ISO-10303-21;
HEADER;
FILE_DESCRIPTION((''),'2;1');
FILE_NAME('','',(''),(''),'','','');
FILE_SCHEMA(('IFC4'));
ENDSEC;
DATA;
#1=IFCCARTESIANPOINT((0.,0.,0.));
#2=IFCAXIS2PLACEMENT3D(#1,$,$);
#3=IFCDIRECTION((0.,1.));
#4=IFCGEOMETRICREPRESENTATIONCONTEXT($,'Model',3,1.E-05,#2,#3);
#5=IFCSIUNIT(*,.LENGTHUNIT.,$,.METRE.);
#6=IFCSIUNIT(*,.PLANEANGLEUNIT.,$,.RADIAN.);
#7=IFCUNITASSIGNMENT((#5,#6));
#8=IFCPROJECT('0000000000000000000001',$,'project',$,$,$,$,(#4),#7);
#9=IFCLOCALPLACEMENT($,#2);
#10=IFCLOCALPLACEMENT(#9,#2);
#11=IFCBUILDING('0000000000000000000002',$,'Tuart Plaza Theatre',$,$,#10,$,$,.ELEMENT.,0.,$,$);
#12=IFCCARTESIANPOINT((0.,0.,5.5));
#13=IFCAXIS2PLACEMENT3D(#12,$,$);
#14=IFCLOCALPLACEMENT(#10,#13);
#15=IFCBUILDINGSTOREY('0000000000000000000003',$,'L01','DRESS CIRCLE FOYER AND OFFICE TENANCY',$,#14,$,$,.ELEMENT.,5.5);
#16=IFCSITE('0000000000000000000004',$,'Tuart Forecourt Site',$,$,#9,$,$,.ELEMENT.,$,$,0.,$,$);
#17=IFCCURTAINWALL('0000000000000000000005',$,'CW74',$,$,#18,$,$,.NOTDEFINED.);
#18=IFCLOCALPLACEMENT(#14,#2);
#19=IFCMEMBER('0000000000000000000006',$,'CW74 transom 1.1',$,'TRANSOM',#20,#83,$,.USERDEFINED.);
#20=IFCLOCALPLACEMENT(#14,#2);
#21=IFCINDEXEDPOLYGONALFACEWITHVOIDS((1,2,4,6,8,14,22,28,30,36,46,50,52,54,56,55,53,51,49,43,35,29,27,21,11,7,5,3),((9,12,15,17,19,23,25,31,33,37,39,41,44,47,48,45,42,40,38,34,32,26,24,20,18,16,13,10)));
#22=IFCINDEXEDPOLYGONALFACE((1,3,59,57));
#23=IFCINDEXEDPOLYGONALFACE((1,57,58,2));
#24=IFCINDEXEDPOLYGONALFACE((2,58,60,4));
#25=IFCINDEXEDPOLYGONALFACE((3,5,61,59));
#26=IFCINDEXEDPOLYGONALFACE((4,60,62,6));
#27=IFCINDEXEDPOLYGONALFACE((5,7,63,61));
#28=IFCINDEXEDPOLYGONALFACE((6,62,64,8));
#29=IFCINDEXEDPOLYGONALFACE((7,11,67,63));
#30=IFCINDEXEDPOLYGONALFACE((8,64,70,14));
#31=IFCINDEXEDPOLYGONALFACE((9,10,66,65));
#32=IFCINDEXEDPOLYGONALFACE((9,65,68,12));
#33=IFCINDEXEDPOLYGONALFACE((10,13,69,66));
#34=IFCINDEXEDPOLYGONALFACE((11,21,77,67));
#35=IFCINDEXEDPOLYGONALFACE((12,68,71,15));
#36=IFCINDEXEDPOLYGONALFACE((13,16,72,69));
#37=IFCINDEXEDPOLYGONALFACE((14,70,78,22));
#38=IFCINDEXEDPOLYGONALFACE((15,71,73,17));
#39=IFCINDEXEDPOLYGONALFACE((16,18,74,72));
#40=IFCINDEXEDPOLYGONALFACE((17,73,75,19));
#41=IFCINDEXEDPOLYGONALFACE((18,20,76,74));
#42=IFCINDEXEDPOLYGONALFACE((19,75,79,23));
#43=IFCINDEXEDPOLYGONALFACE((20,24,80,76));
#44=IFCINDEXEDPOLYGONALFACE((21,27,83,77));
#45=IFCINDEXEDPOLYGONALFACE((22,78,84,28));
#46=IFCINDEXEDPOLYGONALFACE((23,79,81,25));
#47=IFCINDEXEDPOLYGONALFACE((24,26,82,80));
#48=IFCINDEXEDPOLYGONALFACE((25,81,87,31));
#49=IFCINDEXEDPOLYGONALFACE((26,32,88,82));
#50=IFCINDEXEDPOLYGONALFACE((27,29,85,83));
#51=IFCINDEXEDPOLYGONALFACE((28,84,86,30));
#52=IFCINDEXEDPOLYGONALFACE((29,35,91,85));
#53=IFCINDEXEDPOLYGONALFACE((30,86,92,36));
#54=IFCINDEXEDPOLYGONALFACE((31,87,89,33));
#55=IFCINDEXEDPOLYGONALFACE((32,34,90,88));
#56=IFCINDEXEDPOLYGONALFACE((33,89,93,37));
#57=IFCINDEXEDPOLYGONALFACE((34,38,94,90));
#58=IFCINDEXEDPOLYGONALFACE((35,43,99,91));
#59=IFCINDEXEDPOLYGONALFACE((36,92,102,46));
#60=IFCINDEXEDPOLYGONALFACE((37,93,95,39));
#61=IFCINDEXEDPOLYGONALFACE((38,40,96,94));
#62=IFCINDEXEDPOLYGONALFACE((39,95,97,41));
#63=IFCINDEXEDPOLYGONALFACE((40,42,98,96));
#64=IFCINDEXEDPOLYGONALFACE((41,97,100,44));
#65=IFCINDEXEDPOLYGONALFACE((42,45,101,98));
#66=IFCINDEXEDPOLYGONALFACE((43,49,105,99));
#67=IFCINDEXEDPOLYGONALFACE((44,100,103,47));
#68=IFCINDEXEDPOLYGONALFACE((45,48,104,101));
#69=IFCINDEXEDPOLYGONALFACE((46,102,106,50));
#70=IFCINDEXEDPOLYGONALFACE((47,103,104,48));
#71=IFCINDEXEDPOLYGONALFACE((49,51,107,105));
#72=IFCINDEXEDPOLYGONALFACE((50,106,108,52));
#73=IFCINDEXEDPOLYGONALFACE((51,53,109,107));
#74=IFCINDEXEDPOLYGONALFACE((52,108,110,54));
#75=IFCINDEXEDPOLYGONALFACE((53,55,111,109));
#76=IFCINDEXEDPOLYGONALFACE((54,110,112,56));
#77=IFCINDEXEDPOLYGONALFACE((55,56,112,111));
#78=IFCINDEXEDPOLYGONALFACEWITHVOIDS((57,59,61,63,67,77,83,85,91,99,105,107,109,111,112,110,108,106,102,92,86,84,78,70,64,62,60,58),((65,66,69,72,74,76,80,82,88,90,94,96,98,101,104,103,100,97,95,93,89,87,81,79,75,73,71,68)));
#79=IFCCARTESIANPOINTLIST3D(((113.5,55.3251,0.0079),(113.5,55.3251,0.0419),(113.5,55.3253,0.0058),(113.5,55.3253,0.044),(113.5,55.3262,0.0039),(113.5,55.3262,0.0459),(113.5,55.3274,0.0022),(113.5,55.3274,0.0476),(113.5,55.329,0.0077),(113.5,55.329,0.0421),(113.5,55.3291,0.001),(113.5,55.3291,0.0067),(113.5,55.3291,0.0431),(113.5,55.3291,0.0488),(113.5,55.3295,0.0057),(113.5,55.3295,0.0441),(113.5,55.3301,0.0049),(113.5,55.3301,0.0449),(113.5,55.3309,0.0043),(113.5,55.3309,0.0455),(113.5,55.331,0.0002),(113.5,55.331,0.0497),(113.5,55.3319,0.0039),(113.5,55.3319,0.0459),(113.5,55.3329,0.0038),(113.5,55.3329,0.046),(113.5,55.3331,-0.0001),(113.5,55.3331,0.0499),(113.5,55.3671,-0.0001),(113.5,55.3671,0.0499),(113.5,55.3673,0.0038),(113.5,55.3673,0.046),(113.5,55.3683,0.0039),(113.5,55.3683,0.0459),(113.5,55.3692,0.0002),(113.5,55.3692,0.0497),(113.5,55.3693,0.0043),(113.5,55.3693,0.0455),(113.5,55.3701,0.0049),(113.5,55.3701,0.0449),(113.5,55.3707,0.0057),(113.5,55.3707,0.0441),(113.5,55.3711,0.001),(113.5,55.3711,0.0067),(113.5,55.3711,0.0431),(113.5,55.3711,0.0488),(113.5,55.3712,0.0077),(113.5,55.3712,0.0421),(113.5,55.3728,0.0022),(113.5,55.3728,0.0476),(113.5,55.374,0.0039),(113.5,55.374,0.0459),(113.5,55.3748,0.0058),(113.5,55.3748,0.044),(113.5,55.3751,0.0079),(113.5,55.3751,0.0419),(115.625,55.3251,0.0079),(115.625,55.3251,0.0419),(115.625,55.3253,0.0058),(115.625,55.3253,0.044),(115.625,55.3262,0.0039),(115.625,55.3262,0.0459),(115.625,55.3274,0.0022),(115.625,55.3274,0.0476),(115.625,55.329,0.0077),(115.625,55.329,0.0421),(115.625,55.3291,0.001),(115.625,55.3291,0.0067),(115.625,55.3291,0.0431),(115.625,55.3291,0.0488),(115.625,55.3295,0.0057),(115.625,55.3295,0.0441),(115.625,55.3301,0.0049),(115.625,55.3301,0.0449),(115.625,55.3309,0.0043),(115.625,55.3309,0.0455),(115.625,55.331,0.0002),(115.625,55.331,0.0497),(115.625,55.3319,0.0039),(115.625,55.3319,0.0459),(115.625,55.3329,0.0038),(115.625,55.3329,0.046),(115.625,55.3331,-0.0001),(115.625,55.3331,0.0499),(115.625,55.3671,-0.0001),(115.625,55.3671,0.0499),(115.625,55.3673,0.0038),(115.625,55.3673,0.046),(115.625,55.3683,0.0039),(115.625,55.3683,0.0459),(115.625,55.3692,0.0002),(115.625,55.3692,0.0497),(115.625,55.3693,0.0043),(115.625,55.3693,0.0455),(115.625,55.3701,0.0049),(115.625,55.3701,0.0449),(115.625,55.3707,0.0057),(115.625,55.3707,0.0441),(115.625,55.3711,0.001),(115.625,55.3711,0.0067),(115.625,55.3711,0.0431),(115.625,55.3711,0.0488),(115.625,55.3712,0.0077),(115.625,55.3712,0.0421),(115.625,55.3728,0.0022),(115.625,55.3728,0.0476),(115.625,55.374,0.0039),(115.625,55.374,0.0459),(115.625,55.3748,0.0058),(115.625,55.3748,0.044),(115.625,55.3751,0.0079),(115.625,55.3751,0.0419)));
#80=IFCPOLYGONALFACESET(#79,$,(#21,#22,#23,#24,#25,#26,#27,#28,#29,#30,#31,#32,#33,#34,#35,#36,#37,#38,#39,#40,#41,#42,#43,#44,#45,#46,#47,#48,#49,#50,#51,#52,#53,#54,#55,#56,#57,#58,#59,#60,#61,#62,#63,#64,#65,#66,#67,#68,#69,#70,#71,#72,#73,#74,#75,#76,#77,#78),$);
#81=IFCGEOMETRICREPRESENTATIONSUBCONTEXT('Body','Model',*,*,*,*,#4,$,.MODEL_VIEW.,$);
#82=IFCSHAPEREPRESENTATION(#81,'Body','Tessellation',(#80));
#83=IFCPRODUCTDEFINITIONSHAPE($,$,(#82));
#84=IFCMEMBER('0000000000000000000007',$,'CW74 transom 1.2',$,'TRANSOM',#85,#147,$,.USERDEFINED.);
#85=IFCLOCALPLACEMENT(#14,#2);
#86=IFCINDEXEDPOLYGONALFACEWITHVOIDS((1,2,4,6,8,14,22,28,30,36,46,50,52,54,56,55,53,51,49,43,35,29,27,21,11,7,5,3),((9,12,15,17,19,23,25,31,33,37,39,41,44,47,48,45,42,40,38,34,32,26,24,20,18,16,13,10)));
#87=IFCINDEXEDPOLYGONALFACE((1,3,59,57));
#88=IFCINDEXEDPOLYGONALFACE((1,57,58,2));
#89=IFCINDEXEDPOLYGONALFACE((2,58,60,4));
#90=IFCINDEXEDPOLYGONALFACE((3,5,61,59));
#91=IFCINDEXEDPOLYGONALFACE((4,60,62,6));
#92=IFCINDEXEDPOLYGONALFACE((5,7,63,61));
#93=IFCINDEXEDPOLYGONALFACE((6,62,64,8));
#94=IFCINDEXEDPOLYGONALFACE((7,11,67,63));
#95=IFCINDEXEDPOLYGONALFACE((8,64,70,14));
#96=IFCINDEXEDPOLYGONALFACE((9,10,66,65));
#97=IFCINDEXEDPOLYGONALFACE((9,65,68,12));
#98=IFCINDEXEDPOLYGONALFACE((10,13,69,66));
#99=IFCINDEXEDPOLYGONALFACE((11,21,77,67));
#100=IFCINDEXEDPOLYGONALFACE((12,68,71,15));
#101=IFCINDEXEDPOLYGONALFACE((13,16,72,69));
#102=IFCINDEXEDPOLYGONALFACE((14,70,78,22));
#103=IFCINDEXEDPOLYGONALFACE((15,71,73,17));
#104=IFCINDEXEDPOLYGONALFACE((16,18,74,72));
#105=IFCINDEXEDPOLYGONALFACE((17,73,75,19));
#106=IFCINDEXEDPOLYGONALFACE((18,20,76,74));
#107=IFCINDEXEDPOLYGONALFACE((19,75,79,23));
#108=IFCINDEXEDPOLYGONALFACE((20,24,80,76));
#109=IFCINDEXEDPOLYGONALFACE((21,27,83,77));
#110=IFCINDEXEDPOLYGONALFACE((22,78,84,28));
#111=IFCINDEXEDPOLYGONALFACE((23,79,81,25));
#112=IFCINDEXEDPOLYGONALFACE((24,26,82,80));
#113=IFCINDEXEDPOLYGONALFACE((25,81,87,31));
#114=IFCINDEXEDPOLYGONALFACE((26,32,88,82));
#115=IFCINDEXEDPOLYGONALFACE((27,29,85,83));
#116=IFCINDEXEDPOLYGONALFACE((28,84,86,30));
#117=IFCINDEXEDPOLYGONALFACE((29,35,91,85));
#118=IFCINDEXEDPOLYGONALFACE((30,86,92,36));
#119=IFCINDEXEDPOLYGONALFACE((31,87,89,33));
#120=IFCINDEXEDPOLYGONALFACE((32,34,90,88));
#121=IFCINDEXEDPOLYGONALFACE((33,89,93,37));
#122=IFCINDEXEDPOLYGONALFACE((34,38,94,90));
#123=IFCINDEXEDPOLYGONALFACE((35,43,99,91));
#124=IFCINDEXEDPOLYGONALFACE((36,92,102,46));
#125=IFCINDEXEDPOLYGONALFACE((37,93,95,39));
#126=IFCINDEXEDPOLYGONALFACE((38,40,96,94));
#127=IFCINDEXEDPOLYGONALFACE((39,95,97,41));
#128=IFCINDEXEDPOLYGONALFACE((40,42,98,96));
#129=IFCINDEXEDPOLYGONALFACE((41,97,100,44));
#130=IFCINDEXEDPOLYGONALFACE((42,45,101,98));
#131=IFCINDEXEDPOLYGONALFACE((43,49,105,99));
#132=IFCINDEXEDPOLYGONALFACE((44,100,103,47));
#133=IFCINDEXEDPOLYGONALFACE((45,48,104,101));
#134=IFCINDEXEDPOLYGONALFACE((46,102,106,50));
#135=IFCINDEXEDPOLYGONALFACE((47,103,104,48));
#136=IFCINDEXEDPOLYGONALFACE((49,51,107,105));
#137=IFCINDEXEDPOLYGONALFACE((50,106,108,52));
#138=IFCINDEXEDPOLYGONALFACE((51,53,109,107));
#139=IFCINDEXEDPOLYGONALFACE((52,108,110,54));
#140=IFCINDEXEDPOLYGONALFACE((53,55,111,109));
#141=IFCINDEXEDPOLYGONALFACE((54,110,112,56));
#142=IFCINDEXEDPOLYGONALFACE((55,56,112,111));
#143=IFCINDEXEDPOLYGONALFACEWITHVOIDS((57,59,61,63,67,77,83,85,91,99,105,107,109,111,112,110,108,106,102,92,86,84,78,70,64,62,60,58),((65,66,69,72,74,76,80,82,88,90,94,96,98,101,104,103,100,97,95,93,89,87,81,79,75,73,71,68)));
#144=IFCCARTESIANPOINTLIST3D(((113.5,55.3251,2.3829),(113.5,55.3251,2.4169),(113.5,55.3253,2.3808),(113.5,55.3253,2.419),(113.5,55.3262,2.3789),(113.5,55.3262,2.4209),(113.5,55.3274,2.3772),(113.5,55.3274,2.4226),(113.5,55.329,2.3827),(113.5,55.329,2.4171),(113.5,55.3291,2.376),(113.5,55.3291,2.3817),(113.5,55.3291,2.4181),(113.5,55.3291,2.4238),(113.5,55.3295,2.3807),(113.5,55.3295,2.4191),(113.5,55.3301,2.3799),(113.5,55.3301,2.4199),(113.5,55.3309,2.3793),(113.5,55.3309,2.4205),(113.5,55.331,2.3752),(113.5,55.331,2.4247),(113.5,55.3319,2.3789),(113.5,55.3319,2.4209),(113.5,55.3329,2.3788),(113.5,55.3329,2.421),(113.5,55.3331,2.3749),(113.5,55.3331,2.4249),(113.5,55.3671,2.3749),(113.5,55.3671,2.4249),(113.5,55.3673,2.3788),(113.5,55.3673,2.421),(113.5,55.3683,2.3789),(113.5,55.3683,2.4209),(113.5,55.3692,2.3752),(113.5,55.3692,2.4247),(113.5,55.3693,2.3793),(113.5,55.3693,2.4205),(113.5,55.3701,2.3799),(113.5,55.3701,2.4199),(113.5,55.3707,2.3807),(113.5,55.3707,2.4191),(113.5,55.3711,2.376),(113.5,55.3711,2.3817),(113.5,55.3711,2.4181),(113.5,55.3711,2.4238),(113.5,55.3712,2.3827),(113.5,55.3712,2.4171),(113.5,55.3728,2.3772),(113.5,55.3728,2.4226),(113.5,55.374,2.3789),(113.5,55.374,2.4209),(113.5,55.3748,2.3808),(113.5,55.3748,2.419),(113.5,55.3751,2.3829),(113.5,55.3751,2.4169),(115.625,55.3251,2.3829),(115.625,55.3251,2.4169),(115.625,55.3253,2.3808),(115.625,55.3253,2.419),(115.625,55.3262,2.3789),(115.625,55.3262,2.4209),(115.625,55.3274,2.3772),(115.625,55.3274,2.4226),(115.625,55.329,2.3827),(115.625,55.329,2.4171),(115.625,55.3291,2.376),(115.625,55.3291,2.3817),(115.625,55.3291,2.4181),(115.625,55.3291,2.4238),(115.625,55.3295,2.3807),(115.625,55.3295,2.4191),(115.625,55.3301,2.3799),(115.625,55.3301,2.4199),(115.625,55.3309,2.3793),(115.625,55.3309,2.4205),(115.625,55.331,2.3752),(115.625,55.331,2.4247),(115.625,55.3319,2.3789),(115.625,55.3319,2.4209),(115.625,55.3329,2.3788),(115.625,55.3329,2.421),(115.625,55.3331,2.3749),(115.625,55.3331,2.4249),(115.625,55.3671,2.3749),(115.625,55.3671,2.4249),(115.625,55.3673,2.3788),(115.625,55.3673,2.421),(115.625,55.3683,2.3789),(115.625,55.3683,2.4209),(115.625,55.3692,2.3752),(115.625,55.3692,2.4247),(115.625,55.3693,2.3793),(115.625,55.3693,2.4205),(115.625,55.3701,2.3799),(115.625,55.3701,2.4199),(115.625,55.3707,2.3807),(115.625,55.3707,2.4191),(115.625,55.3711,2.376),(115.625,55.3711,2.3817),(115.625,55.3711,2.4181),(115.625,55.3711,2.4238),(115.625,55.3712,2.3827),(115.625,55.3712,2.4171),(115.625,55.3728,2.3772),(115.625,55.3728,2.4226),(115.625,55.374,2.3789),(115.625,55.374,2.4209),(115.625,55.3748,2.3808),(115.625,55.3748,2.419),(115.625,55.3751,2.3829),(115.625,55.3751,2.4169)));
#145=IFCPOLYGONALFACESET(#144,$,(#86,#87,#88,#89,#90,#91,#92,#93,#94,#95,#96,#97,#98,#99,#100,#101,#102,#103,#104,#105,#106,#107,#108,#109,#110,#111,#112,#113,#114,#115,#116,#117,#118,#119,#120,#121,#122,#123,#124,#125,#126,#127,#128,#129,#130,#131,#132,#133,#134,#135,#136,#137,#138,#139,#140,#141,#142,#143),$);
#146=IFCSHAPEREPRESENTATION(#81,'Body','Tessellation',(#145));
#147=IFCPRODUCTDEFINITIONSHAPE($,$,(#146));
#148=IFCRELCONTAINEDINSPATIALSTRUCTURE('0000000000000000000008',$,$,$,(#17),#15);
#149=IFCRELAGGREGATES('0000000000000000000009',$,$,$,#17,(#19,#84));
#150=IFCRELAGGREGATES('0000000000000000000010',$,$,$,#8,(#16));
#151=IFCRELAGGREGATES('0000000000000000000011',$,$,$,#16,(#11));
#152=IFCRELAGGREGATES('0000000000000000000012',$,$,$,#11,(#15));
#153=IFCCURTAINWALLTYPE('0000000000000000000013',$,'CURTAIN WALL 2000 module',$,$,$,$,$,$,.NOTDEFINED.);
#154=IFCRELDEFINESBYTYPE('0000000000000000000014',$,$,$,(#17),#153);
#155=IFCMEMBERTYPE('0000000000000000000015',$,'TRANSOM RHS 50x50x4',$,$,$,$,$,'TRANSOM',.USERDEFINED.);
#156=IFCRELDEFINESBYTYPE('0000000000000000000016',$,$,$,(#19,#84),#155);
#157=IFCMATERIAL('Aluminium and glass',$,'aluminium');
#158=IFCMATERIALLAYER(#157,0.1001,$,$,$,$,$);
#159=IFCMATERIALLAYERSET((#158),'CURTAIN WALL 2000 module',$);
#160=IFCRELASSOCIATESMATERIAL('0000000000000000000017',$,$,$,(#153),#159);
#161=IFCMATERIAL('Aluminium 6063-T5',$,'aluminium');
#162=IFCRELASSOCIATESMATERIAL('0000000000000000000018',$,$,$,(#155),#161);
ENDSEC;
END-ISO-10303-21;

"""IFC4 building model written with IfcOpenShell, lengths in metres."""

from ifc_helpers import new_model, si_unit, direction, frame, origin, origin_2d, place, context, subcontext, project, spatial, hollow_rectangle, extrude, material, layer, layer_set, material_profile, profile_set, type_object, element, aggregate, save


model = new_model("IFC4")

# Units and contexts
model_context = context("Model", 3, precision=1e-05, world=origin(), true_north=direction((0.0, 1.0)))
body_context = subcontext(model_context, "Body", "Model", "MODEL_VIEW")
ifc_project = project(units=[si_unit("LENGTHUNIT", "METRE"), si_unit("PLANEANGLEUNIT", "RADIAN")], contexts=[model_context])

# Site, building, storey
site_placement = place(None, origin())
site = spatial("IfcSite", under=ifc_project, at=site_placement, Name="Tuart Forecourt Site", CompositionType="ELEMENT", RefElevation=0.0)
building_placement = place(site_placement, origin())
building = spatial("IfcBuilding", under=site, at=building_placement, Name="Tuart Plaza Theatre", CompositionType="ELEMENT", ElevationOfRefHeight=0.0)
storey_placement = place(building_placement, frame((0.0, 0.0, 5.5)))
storey = spatial("IfcBuildingStorey", under=building, at=storey_placement, Name="L01", Description="DRESS CIRCLE FOYER AND OFFICE TENANCY", CompositionType="ELEMENT", Elevation=5.5)

# Shared definitions
ifc_material_1 = material(Name="Aluminium and glass", Category="aluminium")
ifc_layer_1 = layer(ifc_material_1, 0.1001)
ifc_layer_set_1 = layer_set([ifc_layer_1], Name="CURTAIN WALL 2000 module")
curtain_wall_type_1 = type_object("IfcCurtainWallType", Name="CURTAIN WALL 2000 module", PredefinedType="NOTDEFINED", material=ifc_layer_set_1)

# Curtain wall
curtain_wall_1_placement = place(storey_placement, origin())
curtain_wall_1 = element("IfcCurtainWall", 1, at=curtain_wall_1_placement, inside=storey, type_object=curtain_wall_type_1, Name="CW74", PredefinedType="NOTDEFINED")

# Members
ifc_material_2 = material(Name="Aluminium 6063-T5", Category="aluminium")
ifc_material_profile_1 = material_profile(ifc_material_2, hollow_rectangle(XDim=0.05, YDim=0.05, WallThickness=0.0039, InnerFilletRadius=0.0039, OuterFilletRadius=0.0081, at=origin_2d()), Name="RHS 50x50x4")
ifc_profile_set_1 = profile_set([ifc_material_profile_1], Name="Aluminium 6063-T5")
member_type_1 = type_object("IfcMemberType", Name="TRANSOM RHS 50x50x4", ElementType="TRANSOM", PredefinedType="USERDEFINED", material=ifc_profile_set_1)
member_1_placement = place(storey_placement, frame((113.5, 55.3501, 0.0249), z_axis=(1.0, 0.0, 0.0), x_axis=(0.0, 1.0, 0.0)))
member_1 = element("IfcMember", 2, at=member_1_placement, type_object=member_type_1, Name="CW74 transom 1.1", ObjectType="TRANSOM", PredefinedType="USERDEFINED", context=body_context, shape_type="SweptSolid", body=[
    extrude(hollow_rectangle(XDim=0.05, YDim=0.05, WallThickness=0.0039, InnerFilletRadius=0.0039, OuterFilletRadius=0.0081, at=origin_2d()), origin(), (0.0, 0.0, 1.0), 2.125),
])
member_2_placement = place(storey_placement, frame((113.5, 55.3501, 2.3999), z_axis=(1.0, 0.0, 0.0), x_axis=(0.0, 1.0, 0.0)))
member_2 = element("IfcMember", 3, at=member_2_placement, type_object=member_type_1, Name="CW74 transom 1.2", ObjectType="TRANSOM", PredefinedType="USERDEFINED", context=body_context, shape_type="SweptSolid", body=[
    extrude(hollow_rectangle(XDim=0.05, YDim=0.05, WallThickness=0.0039, InnerFilletRadius=0.0039, OuterFilletRadius=0.0081, at=origin_2d()), origin(), (0.0, 0.0, 1.0), 2.125),
])

aggregate(curtain_wall_1, [member_1, member_2])

save(model, "model.ifc")
